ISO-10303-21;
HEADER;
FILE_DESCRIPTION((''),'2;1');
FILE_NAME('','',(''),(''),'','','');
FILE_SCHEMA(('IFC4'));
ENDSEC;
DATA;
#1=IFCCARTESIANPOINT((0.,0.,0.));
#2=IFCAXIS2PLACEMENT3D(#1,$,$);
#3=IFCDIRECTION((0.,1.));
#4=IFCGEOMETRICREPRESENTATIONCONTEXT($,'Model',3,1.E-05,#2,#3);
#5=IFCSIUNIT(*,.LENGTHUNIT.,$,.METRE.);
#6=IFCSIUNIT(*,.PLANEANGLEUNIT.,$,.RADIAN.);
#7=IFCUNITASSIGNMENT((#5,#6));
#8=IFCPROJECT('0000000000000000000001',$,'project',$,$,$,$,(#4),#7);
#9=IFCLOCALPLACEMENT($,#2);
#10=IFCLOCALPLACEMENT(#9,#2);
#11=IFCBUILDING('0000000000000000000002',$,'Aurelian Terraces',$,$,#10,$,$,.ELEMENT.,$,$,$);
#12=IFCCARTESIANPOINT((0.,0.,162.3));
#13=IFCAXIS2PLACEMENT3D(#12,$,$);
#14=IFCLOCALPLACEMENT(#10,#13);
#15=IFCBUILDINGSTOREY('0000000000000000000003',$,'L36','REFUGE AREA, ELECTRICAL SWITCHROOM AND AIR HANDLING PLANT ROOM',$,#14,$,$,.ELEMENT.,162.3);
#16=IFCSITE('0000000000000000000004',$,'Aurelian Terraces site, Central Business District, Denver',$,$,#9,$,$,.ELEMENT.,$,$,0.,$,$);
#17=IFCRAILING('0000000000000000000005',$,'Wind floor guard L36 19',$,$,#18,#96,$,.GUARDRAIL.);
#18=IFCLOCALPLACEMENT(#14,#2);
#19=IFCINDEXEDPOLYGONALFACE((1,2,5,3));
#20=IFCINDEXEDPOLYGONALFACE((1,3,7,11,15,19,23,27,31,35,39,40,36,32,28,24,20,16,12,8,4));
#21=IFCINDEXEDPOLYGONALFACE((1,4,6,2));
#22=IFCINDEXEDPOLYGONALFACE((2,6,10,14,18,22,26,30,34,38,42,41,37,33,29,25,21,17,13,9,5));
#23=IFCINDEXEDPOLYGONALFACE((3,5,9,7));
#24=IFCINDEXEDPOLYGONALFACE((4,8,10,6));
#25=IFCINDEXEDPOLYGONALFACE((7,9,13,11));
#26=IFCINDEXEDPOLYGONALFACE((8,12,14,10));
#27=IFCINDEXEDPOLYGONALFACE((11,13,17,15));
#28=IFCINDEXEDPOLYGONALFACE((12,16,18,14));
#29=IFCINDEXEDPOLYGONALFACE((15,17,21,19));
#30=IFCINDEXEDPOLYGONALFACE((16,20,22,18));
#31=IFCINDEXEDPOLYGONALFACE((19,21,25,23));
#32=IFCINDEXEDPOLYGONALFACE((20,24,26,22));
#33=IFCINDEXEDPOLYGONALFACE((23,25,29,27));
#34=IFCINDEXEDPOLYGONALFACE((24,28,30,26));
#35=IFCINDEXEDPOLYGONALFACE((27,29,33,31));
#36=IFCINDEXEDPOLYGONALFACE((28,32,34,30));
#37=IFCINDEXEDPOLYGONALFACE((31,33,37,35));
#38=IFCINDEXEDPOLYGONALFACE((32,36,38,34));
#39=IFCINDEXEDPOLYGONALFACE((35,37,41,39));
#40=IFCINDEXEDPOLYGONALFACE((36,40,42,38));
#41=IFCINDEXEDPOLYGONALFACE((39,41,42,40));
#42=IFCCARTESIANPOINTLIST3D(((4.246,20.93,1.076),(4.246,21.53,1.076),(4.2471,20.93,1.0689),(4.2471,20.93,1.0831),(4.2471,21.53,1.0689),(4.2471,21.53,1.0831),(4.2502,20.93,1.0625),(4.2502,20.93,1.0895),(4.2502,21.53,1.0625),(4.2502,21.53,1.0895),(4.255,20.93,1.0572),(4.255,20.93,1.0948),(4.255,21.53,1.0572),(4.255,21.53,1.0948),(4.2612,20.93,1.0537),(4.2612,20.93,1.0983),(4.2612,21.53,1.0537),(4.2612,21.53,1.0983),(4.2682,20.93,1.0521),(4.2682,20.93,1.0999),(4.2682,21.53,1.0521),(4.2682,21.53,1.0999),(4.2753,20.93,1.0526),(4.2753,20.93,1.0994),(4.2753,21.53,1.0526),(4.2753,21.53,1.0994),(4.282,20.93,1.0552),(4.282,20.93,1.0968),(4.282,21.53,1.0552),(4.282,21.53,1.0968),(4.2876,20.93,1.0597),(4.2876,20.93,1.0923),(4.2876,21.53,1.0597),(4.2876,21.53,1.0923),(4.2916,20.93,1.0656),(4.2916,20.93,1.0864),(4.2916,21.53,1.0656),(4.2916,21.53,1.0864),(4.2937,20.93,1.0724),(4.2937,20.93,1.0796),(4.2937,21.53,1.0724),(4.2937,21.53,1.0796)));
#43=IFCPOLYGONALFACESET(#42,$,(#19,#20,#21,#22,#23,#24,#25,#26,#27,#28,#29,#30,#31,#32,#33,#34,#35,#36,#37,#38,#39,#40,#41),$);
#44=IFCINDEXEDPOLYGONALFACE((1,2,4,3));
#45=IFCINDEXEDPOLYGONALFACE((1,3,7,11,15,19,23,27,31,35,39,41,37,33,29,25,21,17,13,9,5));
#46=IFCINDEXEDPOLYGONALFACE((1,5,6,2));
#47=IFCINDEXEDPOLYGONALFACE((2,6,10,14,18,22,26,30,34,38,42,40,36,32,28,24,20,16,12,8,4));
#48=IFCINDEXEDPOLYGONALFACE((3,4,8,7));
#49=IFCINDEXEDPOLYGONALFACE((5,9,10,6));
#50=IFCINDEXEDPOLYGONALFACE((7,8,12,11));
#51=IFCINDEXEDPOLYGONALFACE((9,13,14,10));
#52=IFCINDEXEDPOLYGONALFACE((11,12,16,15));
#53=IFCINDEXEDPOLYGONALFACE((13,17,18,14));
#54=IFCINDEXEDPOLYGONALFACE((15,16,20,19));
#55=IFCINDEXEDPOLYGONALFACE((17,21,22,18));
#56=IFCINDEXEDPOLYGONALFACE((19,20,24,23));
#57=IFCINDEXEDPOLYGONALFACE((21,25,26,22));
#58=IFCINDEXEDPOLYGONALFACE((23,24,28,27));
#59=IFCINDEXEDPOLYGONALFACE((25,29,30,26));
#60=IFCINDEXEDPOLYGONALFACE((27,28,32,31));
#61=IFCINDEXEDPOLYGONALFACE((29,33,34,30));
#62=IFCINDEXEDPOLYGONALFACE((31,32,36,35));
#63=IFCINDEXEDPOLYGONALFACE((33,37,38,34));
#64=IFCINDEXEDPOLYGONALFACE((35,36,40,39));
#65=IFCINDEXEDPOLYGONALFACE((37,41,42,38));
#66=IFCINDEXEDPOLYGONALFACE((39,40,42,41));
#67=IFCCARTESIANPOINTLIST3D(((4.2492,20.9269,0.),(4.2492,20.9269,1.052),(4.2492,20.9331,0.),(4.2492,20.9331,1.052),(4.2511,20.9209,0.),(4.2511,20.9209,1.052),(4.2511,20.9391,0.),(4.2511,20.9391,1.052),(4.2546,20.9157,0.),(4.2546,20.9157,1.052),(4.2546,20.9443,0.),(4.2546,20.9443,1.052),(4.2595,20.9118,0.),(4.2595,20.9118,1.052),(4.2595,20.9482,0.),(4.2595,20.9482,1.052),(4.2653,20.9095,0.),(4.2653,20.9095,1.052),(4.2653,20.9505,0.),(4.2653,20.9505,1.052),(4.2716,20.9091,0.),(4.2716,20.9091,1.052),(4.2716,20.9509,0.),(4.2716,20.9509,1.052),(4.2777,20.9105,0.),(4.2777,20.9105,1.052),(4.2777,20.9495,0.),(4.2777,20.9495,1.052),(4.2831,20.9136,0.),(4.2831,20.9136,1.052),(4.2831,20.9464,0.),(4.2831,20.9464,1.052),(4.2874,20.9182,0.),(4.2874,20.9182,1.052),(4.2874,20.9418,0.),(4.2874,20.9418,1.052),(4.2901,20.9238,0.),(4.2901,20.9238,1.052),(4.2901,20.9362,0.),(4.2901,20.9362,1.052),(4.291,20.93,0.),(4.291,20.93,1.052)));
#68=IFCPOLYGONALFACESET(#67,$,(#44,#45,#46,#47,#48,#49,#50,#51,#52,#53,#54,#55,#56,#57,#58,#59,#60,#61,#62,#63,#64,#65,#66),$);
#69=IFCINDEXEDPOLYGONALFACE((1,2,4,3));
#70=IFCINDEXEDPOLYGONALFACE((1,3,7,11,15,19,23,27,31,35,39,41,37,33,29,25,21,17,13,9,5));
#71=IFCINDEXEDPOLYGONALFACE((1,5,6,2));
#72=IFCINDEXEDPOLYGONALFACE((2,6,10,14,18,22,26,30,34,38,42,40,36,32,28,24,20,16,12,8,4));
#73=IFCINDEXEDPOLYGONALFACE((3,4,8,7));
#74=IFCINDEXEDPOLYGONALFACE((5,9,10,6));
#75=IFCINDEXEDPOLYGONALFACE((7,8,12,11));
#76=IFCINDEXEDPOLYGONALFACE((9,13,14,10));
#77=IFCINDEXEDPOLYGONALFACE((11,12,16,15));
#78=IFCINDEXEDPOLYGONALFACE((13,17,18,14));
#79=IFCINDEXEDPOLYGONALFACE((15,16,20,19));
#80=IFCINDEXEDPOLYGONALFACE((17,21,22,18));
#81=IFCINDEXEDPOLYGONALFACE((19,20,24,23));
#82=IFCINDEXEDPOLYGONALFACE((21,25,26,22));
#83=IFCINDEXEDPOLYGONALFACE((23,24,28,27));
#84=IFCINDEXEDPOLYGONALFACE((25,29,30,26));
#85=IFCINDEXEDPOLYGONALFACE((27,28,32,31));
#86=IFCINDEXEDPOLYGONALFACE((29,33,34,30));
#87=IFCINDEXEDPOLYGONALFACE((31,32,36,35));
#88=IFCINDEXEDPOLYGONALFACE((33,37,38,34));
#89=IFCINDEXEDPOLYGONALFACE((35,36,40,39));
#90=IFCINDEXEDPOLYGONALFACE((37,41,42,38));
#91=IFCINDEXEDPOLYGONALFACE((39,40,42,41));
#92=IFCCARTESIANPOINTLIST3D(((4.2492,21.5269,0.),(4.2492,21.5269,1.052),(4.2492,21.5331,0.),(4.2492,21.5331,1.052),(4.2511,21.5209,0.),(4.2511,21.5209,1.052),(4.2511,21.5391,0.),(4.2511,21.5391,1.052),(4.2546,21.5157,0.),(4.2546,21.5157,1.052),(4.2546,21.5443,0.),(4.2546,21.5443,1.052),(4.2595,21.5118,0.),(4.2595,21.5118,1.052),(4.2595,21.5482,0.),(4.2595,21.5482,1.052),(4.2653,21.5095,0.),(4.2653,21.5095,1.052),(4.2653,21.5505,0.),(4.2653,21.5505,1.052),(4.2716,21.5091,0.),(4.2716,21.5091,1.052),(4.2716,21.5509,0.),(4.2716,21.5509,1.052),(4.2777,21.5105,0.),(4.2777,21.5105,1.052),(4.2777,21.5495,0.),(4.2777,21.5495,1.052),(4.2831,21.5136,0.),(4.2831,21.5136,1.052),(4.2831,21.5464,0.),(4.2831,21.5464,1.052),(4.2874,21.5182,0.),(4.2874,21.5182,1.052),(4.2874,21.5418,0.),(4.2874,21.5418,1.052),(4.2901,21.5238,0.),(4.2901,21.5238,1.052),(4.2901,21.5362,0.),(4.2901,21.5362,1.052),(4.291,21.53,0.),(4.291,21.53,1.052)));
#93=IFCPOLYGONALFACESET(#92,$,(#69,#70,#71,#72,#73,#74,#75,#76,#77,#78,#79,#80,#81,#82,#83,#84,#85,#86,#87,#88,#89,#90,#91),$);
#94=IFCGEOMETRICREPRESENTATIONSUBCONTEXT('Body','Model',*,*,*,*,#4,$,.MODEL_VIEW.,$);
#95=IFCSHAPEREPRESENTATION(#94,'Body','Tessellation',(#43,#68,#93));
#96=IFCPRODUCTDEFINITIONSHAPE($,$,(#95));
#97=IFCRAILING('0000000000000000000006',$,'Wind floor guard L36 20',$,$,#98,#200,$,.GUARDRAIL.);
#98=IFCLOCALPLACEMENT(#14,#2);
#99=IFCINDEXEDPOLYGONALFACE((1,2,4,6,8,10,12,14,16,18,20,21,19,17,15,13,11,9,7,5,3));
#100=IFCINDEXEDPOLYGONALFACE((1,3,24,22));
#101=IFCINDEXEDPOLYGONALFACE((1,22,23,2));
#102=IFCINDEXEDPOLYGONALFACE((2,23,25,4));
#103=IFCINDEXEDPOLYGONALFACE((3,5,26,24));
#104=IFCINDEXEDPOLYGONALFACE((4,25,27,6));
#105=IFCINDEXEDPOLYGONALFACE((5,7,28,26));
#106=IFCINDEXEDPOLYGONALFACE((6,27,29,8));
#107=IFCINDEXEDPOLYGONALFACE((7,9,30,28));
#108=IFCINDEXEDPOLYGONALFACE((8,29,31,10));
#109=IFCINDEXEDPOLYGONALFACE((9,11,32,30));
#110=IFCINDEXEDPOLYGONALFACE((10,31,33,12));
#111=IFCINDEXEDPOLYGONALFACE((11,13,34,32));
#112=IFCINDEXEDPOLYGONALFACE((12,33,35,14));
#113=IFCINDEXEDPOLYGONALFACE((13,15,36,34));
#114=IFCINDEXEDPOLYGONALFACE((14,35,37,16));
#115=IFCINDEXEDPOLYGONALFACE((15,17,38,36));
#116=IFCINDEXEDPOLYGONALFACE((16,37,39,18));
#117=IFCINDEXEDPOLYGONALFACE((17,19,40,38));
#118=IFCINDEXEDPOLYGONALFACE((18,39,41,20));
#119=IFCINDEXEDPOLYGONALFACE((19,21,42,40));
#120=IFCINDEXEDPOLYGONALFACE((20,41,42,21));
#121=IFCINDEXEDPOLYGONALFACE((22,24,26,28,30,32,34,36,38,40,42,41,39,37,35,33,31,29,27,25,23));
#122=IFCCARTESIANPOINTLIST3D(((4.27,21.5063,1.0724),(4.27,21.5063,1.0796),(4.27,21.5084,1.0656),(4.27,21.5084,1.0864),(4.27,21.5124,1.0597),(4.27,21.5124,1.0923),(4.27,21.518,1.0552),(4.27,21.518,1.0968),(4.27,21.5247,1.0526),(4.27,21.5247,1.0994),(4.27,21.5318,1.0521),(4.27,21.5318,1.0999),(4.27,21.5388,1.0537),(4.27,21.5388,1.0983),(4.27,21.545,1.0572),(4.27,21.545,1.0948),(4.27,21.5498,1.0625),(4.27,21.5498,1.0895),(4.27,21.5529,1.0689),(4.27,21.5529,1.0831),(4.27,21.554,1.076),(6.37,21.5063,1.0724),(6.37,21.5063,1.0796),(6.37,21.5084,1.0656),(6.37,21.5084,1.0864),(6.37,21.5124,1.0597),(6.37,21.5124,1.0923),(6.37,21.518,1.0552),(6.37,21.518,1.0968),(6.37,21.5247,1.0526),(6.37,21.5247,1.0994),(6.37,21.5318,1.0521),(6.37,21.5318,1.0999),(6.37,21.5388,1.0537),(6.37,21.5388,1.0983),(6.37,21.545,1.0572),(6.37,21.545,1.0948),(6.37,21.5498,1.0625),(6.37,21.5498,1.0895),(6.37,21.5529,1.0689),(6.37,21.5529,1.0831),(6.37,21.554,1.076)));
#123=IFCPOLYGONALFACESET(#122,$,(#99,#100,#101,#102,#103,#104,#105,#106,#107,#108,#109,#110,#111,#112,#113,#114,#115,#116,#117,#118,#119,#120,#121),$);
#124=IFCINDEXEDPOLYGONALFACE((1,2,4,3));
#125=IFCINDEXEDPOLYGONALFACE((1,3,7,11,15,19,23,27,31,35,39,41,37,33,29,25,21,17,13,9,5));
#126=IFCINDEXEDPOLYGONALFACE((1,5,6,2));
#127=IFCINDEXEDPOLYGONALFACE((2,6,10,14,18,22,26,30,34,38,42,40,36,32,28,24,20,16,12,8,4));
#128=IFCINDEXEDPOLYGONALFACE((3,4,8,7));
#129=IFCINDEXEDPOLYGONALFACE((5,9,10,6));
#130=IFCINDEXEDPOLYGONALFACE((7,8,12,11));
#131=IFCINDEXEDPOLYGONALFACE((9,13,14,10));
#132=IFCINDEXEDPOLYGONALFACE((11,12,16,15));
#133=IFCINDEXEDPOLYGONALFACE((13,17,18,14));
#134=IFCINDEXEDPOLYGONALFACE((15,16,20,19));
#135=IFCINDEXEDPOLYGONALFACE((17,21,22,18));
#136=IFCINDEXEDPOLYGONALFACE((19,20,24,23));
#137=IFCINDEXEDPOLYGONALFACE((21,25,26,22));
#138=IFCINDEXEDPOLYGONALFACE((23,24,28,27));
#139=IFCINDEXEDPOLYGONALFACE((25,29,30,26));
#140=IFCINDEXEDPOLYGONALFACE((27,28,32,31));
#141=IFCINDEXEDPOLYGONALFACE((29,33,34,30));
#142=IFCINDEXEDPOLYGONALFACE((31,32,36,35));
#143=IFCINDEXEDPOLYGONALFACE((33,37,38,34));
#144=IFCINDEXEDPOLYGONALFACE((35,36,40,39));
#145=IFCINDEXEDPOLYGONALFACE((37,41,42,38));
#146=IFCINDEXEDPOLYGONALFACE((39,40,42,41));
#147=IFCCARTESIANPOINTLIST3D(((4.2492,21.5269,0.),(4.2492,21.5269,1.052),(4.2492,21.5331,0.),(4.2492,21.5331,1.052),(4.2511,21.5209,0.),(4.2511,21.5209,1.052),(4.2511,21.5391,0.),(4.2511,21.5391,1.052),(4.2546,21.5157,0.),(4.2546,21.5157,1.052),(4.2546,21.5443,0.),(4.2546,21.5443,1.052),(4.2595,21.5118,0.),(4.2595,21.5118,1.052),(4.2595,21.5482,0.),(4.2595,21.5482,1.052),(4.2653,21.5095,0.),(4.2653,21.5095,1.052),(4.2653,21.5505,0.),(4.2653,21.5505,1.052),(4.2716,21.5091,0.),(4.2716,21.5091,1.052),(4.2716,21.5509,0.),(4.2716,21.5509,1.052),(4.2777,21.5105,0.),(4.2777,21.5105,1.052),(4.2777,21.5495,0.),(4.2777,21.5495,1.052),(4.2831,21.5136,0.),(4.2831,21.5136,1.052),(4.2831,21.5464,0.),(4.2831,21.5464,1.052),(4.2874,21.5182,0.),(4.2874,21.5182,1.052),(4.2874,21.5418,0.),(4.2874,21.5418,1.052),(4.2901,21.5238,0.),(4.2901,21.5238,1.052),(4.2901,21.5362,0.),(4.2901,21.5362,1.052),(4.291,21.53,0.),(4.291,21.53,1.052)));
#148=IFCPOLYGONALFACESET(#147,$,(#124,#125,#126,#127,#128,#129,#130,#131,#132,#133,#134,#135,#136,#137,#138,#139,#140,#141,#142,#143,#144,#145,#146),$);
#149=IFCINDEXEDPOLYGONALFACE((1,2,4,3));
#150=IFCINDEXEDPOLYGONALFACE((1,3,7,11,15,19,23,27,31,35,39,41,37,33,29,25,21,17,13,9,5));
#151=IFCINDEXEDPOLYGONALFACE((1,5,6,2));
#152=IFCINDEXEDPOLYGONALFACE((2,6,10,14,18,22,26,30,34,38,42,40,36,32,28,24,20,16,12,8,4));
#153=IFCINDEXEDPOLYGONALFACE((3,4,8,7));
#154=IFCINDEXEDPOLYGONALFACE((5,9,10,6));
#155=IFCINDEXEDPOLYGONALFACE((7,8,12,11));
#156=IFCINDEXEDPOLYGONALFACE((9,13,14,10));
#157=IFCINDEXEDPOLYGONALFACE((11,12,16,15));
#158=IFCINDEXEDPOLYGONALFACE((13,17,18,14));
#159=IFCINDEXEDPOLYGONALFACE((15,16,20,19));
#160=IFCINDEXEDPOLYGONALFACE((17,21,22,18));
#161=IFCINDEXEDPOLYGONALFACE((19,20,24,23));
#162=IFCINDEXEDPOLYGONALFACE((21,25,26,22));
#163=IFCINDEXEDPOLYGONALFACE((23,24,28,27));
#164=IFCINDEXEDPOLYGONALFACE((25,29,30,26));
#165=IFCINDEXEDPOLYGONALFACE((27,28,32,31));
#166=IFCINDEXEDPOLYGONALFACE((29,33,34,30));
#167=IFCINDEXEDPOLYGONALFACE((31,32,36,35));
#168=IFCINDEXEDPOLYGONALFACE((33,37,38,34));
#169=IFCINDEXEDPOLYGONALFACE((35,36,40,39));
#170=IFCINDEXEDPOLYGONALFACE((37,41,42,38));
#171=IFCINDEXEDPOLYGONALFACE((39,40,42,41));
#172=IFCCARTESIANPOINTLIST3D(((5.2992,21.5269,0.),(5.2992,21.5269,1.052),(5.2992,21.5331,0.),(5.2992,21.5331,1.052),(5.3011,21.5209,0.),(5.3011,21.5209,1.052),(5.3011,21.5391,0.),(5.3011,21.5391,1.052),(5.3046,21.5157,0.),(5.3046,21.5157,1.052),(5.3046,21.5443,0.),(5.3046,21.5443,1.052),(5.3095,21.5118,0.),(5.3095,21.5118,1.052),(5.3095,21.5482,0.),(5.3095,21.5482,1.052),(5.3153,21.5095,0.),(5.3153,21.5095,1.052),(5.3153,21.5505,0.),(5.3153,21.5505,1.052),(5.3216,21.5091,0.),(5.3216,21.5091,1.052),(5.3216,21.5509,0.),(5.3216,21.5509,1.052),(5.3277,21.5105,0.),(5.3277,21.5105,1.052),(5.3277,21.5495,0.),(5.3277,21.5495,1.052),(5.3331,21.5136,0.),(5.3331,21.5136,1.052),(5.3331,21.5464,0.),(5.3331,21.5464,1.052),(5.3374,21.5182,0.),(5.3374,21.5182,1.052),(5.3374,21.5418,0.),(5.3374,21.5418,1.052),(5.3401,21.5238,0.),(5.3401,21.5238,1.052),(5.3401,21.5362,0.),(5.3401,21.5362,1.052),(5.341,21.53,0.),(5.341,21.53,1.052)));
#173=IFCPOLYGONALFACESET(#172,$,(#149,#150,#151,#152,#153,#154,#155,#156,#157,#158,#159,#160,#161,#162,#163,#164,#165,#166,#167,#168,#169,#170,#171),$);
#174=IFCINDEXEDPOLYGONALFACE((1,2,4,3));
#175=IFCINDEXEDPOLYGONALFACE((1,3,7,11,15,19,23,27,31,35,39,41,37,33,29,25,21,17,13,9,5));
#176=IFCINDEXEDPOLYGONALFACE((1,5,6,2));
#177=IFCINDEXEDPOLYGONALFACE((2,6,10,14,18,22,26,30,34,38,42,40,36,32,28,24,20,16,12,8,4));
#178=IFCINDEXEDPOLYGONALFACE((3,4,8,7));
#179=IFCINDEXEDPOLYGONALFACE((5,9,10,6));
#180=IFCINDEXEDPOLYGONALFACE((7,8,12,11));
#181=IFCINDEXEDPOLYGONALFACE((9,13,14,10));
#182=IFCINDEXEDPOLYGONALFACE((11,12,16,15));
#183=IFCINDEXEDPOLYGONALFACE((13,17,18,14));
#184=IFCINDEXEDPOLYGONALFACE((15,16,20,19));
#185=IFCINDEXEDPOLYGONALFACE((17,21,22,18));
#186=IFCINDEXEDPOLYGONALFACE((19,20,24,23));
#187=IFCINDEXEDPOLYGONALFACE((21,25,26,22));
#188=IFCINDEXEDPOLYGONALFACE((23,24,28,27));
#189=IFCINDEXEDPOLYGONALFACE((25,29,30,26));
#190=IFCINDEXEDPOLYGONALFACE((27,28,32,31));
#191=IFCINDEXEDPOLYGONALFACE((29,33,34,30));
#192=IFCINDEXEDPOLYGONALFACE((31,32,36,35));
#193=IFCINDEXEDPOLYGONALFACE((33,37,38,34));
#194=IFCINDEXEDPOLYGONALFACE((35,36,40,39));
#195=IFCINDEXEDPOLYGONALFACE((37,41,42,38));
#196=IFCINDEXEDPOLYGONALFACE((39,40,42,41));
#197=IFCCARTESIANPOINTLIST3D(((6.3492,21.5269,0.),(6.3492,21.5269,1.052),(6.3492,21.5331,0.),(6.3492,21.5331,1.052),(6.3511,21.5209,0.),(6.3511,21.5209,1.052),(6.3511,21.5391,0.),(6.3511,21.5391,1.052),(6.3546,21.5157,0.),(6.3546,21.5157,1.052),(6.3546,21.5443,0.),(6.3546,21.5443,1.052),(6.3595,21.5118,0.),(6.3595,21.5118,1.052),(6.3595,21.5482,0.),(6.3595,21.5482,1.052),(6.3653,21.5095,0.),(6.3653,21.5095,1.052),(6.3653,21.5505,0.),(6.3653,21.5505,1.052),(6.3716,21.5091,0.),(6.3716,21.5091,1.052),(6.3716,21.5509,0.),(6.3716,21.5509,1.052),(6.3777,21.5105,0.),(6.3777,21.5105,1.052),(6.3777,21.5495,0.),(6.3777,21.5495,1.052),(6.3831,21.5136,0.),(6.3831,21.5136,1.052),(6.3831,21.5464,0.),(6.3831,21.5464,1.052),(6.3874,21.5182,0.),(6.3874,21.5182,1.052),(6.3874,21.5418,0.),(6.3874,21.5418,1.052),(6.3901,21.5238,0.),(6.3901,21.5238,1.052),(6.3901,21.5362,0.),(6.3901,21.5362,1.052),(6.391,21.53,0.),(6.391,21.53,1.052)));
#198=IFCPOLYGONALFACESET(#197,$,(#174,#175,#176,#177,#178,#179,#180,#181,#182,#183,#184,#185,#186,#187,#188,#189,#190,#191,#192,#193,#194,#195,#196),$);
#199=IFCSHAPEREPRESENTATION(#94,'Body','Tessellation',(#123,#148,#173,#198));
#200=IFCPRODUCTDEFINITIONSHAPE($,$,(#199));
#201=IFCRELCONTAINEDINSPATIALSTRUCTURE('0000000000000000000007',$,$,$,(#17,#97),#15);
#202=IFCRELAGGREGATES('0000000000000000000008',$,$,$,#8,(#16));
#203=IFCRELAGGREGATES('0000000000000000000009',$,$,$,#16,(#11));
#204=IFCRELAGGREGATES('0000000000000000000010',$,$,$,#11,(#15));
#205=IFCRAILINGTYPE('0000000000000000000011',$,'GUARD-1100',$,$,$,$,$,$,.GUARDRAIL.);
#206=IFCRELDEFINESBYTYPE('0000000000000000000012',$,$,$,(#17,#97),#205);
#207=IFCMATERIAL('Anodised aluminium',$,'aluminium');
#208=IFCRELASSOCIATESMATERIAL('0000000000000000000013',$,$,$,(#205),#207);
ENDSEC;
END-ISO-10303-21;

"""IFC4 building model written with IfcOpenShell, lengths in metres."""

from ifc_helpers import new_model, si_unit, direction, frame, origin, origin_2d, place, context, subcontext, project, spatial, circle, extrude, material, type_object, element, save


model = new_model("IFC4")

# Units and contexts
model_context = context("Model", 3, precision=1e-05, world=origin(), true_north=direction((0.0, 1.0)))
body_context = subcontext(model_context, "Body", "Model", "MODEL_VIEW")
ifc_project = project(units=[si_unit("LENGTHUNIT", "METRE"), si_unit("PLANEANGLEUNIT", "RADIAN")], contexts=[model_context])

# Site, building, storey
site_placement = place(None, origin())
site = spatial("IfcSite", under=ifc_project, at=site_placement, Name="Aurelian Terraces site, Central Business District, Denver", CompositionType="ELEMENT", RefElevation=0.0)
building_placement = place(site_placement, origin())
building = spatial("IfcBuilding", under=site, at=building_placement, Name="Aurelian Terraces", CompositionType="ELEMENT")
storey_placement = place(building_placement, frame((0.0, 0.0, 162.3)))
storey = spatial("IfcBuildingStorey", under=building, at=storey_placement, Name="L36", Description="REFUGE AREA, ELECTRICAL SWITCHROOM AND AIR HANDLING PLANT ROOM", CompositionType="ELEMENT", Elevation=162.3)

# Railings
ifc_material_1 = material(Name="Anodised aluminium", Category="aluminium")
railing_type_1 = type_object("IfcRailingType", Name="GUARD-1100", PredefinedType="GUARDRAIL", material=ifc_material_1)
railing_1_placement = place(storey_placement, frame((4.27, 20.93, 0.0)))
element("IfcRailing", 1, at=railing_1_placement, inside=storey, type_object=railing_type_1, Name="Wind floor guard L36 19", PredefinedType="GUARDRAIL", context=body_context, shape_type="SweptSolid", body=[
    extrude(circle(Radius=0.024, at=origin_2d()), frame((0.0, 0.0, 1.076), z_axis=(0.0, 1.0, 0.0), x_axis=(-1.0, 0.0, 0.0)), (0.0, 0.0, 1.0), 0.6),
    extrude(circle(Radius=0.021, at=origin_2d()), origin(), (0.0, 0.0, 1.0), 1.052),
    extrude(circle(Radius=0.021, at=origin_2d()), frame((0.0, 0.6, 0.0)), (0.0, 0.0, 1.0), 1.052),
])
railing_2_placement = place(storey_placement, frame((4.27, 21.53, 0.0)))
element("IfcRailing", 2, at=railing_2_placement, inside=storey, type_object=railing_type_1, Name="Wind floor guard L36 20", PredefinedType="GUARDRAIL", context=body_context, shape_type="SweptSolid", body=[
    extrude(circle(Radius=0.024, at=origin_2d()), frame((0.0, 0.0, 1.076), z_axis=(1.0, 0.0, 0.0), x_axis=(0.0, 1.0, 0.0)), (0.0, 0.0, 1.0), 2.1),
    extrude(circle(Radius=0.021, at=origin_2d()), origin(), (0.0, 0.0, 1.0), 1.052),
    extrude(circle(Radius=0.021, at=origin_2d()), frame((1.05, 0.0, 0.0)), (0.0, 0.0, 1.0), 1.052),
    extrude(circle(Radius=0.021, at=origin_2d()), frame((2.1, 0.0, 0.0)), (0.0, 0.0, 1.0), 1.052),
])

save(model, "model.ifc")
